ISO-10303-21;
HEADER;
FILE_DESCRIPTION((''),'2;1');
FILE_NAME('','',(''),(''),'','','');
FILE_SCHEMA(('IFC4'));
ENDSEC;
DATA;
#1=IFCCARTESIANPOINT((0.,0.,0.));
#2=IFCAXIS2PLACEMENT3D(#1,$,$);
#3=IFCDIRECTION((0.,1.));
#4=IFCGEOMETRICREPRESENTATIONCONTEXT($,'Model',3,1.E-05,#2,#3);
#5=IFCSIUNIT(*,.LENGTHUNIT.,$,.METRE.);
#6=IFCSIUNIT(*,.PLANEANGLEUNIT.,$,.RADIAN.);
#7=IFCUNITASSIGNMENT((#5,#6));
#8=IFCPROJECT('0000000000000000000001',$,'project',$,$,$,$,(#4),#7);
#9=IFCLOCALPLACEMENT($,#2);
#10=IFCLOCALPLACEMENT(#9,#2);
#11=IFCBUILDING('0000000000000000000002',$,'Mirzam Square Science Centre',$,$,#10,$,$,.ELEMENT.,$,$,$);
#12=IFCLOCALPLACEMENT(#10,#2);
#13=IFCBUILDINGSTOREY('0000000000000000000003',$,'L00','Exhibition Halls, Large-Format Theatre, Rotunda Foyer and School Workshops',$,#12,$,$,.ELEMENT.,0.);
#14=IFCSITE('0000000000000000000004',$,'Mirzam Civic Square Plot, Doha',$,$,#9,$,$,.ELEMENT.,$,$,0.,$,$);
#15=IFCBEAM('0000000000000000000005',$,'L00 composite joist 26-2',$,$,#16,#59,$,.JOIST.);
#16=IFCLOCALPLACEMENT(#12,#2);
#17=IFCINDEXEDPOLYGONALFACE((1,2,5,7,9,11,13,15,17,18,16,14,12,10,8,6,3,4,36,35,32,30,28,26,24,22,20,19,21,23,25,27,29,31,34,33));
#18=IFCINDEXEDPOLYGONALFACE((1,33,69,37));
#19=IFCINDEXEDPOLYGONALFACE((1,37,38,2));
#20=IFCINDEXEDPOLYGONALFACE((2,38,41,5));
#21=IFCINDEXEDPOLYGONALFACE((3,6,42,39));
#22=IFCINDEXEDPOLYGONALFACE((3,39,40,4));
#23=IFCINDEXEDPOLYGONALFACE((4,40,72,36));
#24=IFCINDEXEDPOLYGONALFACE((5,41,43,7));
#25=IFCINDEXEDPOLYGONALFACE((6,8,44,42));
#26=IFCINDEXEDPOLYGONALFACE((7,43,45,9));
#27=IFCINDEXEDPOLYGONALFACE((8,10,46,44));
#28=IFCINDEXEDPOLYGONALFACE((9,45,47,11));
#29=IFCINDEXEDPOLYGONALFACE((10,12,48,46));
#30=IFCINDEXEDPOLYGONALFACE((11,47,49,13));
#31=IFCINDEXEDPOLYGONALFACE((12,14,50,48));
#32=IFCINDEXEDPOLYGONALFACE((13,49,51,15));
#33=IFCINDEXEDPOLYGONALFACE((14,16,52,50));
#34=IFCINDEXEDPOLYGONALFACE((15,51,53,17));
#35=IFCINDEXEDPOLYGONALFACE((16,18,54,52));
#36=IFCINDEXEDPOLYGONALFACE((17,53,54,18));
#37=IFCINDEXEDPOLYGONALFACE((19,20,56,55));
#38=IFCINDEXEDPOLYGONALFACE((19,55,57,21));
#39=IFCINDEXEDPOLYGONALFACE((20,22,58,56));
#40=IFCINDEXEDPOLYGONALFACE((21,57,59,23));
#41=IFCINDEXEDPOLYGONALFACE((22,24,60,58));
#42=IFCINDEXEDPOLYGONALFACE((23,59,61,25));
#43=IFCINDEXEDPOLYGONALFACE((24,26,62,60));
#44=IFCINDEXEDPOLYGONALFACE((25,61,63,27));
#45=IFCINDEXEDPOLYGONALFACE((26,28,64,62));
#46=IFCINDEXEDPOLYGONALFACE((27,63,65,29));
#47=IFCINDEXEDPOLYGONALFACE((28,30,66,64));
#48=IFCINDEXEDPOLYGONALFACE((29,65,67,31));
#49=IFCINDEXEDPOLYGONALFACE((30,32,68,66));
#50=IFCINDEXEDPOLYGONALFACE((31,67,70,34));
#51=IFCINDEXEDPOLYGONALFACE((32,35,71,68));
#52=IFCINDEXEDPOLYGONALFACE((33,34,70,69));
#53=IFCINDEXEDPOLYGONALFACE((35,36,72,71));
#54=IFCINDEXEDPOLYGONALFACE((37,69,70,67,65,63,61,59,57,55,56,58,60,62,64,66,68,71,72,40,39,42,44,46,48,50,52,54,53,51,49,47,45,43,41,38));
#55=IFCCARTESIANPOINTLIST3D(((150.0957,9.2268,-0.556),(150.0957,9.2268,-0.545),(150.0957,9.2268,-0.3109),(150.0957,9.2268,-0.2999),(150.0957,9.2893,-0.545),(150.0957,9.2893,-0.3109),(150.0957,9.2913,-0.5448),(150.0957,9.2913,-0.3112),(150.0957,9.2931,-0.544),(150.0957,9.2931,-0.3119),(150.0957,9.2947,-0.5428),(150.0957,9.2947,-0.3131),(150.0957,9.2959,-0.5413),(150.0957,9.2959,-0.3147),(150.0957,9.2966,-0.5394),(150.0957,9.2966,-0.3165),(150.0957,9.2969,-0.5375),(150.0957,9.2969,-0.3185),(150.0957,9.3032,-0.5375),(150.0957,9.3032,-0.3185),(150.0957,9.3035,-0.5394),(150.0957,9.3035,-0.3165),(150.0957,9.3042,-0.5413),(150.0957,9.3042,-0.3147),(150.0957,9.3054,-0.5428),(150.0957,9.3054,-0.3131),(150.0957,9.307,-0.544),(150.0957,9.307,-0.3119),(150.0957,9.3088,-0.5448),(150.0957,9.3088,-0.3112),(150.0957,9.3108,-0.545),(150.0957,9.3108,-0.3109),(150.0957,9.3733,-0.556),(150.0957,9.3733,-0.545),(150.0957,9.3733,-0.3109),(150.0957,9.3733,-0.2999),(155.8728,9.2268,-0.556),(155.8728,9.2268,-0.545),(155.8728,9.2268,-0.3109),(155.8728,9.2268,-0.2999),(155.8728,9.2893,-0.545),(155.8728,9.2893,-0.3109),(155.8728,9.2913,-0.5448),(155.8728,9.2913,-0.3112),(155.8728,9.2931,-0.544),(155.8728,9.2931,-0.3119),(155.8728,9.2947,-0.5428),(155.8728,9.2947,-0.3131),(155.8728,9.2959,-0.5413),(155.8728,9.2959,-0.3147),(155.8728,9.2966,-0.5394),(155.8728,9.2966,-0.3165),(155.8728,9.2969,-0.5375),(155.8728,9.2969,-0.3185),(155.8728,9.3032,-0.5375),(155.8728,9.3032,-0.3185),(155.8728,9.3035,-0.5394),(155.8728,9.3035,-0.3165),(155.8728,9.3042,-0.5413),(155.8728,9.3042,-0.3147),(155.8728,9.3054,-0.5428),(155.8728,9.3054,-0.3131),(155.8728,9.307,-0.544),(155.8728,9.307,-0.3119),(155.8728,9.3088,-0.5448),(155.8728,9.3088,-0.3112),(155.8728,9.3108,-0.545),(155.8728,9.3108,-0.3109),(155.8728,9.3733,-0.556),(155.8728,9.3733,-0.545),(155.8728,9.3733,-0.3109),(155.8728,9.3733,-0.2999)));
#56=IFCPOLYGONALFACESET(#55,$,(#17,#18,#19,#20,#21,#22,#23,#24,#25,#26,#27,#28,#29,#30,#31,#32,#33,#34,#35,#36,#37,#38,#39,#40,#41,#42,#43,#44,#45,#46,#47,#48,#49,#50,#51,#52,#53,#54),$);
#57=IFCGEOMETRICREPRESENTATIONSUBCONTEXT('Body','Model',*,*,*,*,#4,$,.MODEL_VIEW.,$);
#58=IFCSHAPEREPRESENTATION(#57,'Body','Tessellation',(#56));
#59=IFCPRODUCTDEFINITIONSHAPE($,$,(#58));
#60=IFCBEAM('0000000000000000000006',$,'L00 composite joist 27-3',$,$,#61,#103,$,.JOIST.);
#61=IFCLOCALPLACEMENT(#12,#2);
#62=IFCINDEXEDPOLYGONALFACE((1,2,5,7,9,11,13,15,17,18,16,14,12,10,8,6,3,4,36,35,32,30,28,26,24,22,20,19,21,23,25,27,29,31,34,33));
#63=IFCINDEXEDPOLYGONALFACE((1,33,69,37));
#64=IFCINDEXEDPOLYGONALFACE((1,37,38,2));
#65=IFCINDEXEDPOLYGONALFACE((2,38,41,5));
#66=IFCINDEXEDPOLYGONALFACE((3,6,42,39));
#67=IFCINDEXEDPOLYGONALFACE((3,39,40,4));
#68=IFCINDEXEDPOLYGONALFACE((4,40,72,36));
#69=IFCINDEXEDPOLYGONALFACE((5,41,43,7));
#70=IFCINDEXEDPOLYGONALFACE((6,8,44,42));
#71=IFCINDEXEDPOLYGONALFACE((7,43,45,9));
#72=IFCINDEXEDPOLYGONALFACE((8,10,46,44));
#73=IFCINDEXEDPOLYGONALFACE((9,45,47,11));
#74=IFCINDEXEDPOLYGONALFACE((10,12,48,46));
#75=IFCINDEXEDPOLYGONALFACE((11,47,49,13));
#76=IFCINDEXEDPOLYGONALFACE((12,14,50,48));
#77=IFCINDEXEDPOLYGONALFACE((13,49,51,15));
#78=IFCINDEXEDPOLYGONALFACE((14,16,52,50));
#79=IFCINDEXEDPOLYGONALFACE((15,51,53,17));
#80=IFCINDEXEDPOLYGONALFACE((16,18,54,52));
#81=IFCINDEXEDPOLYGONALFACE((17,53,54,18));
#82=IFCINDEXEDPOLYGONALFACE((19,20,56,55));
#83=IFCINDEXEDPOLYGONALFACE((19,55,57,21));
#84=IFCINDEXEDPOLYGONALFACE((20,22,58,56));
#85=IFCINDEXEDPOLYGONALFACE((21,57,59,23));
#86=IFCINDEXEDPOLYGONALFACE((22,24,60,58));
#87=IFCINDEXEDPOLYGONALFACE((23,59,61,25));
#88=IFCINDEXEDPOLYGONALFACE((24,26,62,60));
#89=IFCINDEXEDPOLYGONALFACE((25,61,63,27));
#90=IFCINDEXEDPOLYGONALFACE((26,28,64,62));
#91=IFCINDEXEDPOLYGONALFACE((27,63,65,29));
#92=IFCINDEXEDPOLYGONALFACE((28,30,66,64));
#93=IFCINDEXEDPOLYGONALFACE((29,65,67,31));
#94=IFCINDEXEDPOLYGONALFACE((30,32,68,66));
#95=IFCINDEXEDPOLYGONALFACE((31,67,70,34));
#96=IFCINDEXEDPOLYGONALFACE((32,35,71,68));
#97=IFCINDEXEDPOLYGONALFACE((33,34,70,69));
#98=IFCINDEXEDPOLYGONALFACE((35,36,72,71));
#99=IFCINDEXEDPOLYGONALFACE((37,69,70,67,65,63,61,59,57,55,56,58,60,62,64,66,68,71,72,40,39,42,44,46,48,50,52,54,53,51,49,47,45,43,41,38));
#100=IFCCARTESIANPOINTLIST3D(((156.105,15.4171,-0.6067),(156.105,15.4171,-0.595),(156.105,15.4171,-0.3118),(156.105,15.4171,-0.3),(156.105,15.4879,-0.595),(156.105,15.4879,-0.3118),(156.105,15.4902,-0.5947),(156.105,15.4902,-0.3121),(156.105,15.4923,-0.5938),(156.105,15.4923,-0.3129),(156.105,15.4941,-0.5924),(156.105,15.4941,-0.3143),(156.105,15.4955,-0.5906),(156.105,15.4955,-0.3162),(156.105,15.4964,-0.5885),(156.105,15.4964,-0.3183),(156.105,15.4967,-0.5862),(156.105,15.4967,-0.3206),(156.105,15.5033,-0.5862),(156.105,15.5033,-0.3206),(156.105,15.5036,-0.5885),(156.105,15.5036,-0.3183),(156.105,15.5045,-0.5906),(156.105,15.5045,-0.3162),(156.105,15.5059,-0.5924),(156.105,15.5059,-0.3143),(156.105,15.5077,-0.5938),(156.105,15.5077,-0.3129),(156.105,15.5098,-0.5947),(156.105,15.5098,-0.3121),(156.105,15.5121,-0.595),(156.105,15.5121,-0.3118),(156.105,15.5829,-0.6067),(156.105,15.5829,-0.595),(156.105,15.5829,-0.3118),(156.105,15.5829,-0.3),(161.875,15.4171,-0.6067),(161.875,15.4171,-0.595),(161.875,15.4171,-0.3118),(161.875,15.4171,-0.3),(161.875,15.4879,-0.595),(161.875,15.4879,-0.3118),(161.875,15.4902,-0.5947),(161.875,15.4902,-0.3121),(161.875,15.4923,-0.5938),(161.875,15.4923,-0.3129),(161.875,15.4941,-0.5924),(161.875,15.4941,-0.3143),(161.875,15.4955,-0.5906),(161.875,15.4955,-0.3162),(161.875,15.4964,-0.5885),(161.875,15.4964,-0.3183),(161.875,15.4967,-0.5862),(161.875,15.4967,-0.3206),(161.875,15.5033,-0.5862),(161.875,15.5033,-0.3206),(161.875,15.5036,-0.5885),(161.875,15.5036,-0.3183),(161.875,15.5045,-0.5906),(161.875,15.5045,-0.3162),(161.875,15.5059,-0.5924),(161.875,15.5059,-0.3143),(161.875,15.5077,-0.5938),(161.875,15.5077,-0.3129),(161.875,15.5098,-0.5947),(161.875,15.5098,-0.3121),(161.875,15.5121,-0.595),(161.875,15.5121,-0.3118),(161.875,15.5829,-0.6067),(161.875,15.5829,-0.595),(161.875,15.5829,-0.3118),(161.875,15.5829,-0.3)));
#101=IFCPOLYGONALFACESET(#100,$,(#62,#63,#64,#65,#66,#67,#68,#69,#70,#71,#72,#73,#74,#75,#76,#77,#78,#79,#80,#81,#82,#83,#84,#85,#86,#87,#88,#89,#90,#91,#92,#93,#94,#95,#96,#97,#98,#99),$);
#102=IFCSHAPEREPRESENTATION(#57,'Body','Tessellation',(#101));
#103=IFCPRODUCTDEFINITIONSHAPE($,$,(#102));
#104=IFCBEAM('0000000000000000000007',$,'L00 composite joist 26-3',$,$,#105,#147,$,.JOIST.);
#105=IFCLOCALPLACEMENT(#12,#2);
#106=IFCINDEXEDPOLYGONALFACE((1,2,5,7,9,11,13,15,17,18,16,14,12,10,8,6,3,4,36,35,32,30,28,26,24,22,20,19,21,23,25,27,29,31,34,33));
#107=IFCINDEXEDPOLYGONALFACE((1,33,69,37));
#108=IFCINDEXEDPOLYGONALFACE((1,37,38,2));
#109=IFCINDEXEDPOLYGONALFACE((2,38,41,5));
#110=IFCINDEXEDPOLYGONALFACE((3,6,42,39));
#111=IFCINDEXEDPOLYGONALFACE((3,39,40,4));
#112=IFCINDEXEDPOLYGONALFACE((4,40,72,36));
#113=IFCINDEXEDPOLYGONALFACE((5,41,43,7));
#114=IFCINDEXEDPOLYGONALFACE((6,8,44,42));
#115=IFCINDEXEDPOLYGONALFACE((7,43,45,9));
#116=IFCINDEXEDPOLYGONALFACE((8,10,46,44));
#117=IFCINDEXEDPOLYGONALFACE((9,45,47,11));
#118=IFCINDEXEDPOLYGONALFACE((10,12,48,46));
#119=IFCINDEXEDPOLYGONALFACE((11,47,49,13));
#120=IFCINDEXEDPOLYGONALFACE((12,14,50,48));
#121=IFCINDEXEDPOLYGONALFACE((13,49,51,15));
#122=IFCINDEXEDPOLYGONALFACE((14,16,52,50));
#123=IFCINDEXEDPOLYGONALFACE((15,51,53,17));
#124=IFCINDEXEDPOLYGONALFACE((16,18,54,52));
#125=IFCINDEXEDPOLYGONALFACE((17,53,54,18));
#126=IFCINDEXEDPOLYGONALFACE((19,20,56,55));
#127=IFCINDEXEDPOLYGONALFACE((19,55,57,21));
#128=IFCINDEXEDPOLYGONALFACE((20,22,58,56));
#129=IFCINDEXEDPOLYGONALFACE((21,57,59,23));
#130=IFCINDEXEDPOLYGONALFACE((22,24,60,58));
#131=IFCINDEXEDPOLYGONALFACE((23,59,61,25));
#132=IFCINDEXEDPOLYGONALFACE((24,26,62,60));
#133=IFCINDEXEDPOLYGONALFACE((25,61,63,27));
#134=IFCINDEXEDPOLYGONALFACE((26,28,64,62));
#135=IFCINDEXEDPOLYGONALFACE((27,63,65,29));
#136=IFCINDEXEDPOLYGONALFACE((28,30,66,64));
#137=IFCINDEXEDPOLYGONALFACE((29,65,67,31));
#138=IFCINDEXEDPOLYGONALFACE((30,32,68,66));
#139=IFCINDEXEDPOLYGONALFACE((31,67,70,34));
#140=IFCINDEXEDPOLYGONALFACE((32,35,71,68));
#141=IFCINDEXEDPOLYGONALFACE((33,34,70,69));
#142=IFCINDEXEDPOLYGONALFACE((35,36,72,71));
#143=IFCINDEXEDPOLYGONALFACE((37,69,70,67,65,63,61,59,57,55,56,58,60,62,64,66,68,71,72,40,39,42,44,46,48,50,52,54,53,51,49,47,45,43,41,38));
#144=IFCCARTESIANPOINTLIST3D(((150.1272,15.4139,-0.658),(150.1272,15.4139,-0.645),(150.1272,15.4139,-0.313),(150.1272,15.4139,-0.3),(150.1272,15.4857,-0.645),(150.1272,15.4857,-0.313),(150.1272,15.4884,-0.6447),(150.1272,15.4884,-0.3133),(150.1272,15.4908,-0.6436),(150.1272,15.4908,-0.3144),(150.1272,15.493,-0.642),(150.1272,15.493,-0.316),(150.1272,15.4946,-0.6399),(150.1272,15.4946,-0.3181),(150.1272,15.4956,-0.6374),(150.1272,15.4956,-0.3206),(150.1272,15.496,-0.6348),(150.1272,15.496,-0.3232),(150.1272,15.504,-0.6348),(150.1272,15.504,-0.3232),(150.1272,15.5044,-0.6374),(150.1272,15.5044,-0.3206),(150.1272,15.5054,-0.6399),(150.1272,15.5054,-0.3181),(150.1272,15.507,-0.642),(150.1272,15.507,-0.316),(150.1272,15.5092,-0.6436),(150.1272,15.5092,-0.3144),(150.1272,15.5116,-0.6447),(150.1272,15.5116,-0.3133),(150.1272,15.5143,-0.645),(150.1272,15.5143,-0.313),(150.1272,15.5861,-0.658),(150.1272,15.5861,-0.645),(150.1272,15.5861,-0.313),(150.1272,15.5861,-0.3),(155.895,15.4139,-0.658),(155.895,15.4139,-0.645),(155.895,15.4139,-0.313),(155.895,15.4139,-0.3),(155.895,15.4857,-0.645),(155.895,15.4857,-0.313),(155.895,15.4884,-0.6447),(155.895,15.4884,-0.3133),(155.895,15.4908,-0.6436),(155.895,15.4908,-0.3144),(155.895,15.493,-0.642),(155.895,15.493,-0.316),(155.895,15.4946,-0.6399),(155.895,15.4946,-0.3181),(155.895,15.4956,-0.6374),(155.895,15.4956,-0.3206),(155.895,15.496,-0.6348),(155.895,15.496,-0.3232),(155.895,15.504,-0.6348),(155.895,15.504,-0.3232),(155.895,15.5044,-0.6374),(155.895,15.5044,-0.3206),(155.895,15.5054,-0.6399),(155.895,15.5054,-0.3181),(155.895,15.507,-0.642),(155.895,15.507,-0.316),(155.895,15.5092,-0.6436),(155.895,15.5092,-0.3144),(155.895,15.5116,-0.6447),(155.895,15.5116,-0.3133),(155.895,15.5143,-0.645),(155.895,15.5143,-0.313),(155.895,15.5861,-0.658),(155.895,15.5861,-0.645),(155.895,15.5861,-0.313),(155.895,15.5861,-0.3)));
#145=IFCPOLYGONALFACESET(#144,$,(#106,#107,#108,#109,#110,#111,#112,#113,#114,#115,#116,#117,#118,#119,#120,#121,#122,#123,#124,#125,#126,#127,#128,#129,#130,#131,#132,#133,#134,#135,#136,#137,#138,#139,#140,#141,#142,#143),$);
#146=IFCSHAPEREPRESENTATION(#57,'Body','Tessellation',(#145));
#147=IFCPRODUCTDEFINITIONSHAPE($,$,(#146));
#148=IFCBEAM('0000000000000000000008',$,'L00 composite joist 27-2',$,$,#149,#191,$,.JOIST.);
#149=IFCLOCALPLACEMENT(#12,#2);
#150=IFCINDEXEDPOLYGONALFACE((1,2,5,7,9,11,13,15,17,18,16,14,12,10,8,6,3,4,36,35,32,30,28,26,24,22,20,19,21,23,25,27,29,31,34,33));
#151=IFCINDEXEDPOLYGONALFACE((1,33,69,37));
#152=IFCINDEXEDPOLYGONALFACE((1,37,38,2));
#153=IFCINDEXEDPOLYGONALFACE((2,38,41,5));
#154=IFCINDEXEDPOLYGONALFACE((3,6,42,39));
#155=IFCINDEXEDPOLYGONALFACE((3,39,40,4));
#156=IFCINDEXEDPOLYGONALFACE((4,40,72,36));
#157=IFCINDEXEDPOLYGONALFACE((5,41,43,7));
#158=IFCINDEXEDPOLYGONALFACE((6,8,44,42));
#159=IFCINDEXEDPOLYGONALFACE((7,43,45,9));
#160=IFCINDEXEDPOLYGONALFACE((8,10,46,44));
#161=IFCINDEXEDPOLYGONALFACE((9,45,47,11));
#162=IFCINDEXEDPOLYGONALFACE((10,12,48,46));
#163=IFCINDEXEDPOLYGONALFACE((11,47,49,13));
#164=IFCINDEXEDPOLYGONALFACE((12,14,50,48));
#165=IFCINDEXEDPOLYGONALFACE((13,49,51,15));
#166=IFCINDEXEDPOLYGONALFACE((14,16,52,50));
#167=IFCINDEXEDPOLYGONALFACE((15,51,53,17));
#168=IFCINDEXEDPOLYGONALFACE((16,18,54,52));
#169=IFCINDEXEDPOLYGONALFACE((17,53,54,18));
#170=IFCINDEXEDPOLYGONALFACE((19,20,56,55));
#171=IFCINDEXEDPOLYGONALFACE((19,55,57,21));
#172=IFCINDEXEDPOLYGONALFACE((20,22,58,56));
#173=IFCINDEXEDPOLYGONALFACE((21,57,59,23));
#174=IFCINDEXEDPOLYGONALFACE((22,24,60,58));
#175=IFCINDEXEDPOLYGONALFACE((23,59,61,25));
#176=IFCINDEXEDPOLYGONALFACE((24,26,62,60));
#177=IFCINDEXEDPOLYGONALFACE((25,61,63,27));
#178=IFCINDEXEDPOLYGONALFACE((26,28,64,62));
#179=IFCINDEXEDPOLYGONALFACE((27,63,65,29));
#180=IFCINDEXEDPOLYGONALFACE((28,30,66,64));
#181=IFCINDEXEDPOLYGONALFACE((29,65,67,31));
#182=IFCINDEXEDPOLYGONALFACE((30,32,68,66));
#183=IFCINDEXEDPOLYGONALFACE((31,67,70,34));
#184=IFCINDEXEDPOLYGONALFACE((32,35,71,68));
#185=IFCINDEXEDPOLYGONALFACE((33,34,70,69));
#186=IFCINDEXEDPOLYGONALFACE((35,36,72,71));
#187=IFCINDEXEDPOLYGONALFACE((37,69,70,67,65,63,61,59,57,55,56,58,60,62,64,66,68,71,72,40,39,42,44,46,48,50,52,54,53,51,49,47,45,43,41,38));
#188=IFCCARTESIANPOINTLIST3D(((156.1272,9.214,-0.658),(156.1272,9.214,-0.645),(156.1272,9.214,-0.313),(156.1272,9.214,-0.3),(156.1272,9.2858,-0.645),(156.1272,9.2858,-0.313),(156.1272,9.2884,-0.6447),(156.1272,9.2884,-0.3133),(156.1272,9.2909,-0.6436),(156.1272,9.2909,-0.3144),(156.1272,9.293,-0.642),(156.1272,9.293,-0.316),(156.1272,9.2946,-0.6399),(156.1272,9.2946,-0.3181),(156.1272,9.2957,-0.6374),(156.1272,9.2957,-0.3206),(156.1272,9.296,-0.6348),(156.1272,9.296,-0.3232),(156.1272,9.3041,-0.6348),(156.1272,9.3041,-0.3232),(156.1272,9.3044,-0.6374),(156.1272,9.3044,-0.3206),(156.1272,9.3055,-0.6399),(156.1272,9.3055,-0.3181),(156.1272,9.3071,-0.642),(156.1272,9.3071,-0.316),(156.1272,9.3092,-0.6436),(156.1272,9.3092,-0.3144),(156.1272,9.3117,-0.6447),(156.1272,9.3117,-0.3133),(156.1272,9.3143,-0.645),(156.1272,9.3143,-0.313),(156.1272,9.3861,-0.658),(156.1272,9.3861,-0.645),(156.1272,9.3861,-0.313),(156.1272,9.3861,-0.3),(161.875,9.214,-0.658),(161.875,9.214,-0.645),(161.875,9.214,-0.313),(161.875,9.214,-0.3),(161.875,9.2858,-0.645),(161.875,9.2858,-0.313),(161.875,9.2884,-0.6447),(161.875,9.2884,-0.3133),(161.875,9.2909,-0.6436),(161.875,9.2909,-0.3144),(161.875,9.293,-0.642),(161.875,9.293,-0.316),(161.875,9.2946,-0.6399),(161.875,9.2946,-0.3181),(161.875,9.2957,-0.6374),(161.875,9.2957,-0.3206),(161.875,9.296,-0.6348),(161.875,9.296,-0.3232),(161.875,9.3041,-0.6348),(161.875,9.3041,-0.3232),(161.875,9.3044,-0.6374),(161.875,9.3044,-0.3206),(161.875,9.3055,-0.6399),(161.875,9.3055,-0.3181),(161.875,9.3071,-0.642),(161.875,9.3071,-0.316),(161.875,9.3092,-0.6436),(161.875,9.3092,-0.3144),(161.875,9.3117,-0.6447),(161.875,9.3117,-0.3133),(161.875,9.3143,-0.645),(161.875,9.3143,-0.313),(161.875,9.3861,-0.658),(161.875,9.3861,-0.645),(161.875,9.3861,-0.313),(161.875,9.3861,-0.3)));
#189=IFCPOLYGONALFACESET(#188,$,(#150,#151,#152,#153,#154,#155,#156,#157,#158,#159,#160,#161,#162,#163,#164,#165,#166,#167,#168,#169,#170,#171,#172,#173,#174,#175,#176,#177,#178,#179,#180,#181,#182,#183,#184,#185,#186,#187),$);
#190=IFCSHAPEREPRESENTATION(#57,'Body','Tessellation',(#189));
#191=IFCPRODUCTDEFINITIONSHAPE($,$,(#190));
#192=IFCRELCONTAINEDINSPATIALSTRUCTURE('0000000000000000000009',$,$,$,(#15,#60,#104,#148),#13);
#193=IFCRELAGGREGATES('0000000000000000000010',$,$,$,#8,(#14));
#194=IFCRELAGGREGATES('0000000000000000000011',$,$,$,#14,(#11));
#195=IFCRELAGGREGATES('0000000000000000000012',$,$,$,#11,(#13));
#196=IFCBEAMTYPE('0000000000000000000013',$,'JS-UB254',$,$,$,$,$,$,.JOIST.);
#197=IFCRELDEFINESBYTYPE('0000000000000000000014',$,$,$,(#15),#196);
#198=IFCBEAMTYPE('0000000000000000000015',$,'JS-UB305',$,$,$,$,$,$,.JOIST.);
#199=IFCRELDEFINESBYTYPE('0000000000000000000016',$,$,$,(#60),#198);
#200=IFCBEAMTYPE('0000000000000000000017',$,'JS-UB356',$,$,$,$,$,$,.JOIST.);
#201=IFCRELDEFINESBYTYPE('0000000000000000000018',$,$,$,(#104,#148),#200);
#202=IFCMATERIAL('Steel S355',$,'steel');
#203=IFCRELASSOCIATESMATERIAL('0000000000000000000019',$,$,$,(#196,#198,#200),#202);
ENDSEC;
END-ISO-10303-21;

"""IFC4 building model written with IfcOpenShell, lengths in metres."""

from ifc_helpers import new_model, si_unit, direction, frame, origin, origin_2d, place, context, subcontext, project, spatial, i_section, extrude, material, material_profile, profile_set, type_object, element, save


model = new_model("IFC4")

# Units and contexts
model_context = context("Model", 3, precision=1e-05, world=origin(), true_north=direction((0.0, 1.0)))
body_context = subcontext(model_context, "Body", "Model", "MODEL_VIEW")
ifc_project = project(units=[si_unit("LENGTHUNIT", "METRE"), si_unit("PLANEANGLEUNIT", "RADIAN")], contexts=[model_context])

# Site, building, storey
site_placement = place(None, origin())
site = spatial("IfcSite", under=ifc_project, at=site_placement, Name="Mirzam Civic Square Plot, Doha", CompositionType="ELEMENT", RefElevation=0.0)
building_placement = place(site_placement, origin())
building = spatial("IfcBuilding", under=site, at=building_placement, Name="Mirzam Square Science Centre", CompositionType="ELEMENT")
storey_placement = place(building_placement, origin())
storey = spatial("IfcBuildingStorey", under=building, at=storey_placement, Name="L00", Description="Exhibition Halls, Large-Format Theatre, Rotunda Foyer and School Workshops", CompositionType="ELEMENT", Elevation=0.0)

# Shared definitions
ifc_material_1 = material(Name="Steel S355", Category="steel")

# Beams
ifc_material_profile_1 = material_profile(ifc_material_1, i_section(OverallWidth=0.1465, OverallDepth=0.2561, WebThickness=0.0063, FlangeThickness=0.011, FilletRadius=0.0076, at=origin_2d()), Name="254x146x37UB")
ifc_profile_set_1 = profile_set([ifc_material_profile_1], Name="Steel S355")
beam_type_1 = type_object("IfcBeamType", Name="JS-UB254", PredefinedType="JOIST", material=ifc_profile_set_1)
beam_1_placement = place(storey_placement, frame((150.0957, 9.3, -0.428), z_axis=(1.0, 0.0, 0.0), x_axis=(0.0, 1.0, 0.0)))
element("IfcBeam", 1, at=beam_1_placement, inside=storey, type_object=beam_type_1, Name="L00 composite joist 26-2", PredefinedType="JOIST", context=body_context, shape_type="SweptSolid", body=[
    extrude(i_section(OverallWidth=0.1465, OverallDepth=0.2561, WebThickness=0.0063, FlangeThickness=0.011, FilletRadius=0.0076, at=origin_2d()), origin(), (0.0, 0.0, 1.0), 5.7771),
])
ifc_material_profile_2 = material_profile(ifc_material_1, i_section(OverallWidth=0.1658, OverallDepth=0.3066, WebThickness=0.0066, FlangeThickness=0.0117, FilletRadius=0.0088, at=origin_2d()), Name="305x165x46UB")
ifc_profile_set_2 = profile_set([ifc_material_profile_2], Name="Steel S355")
beam_type_2 = type_object("IfcBeamType", Name="JS-UB305", PredefinedType="JOIST", material=ifc_profile_set_2)
beam_2_placement = place(storey_placement, frame((156.105, 15.5, -0.4534), z_axis=(1.0, 0.0, 0.0), x_axis=(0.0, 1.0, 0.0)))
element("IfcBeam", 2, at=beam_2_placement, inside=storey, type_object=beam_type_2, Name="L00 composite joist 27-3", PredefinedType="JOIST", context=body_context, shape_type="SweptSolid", body=[
    extrude(i_section(OverallWidth=0.1658, OverallDepth=0.3066, WebThickness=0.0066, FlangeThickness=0.0117, FilletRadius=0.0088, at=origin_2d()), origin(), (0.0, 0.0, 1.0), 5.77),
])
ifc_material_profile_3 = material_profile(ifc_material_1, i_section(OverallWidth=0.1721, OverallDepth=0.3579, WebThickness=0.0081, FlangeThickness=0.0129, FilletRadius=0.0103, at=origin_2d()), Name="356x171x57UB")
ifc_profile_set_3 = profile_set([ifc_material_profile_3], Name="Steel S355")
beam_type_3 = type_object("IfcBeamType", Name="JS-UB356", PredefinedType="JOIST", material=ifc_profile_set_3)
beam_3_placement = place(storey_placement, frame((150.1272, 15.5, -0.479), z_axis=(1.0, 0.0, 0.0), x_axis=(0.0, 1.0, 0.0)))
element("IfcBeam", 3, at=beam_3_placement, inside=storey, type_object=beam_type_3, Name="L00 composite joist 26-3", PredefinedType="JOIST", context=body_context, shape_type="SweptSolid", body=[
    extrude(i_section(OverallWidth=0.1721, OverallDepth=0.3579, WebThickness=0.0081, FlangeThickness=0.0129, FilletRadius=0.0103, at=origin_2d()), origin(), (0.0, 0.0, 1.0), 5.7678),
])
beam_4_placement = place(storey_placement, frame((156.1272, 9.3, -0.479), z_axis=(1.0, 0.0, 0.0), x_axis=(0.0, 1.0, 0.0)))
element("IfcBeam", 4, at=beam_4_placement, inside=storey, type_object=beam_type_3, Name="L00 composite joist 27-2", PredefinedType="JOIST", context=body_context, shape_type="SweptSolid", body=[
    extrude(i_section(OverallWidth=0.1721, OverallDepth=0.3579, WebThickness=0.0081, FlangeThickness=0.0129, FilletRadius=0.0103, at=origin_2d()), origin(), (0.0, 0.0, 1.0), 5.7478),
])

save(model, "model.ifc")
